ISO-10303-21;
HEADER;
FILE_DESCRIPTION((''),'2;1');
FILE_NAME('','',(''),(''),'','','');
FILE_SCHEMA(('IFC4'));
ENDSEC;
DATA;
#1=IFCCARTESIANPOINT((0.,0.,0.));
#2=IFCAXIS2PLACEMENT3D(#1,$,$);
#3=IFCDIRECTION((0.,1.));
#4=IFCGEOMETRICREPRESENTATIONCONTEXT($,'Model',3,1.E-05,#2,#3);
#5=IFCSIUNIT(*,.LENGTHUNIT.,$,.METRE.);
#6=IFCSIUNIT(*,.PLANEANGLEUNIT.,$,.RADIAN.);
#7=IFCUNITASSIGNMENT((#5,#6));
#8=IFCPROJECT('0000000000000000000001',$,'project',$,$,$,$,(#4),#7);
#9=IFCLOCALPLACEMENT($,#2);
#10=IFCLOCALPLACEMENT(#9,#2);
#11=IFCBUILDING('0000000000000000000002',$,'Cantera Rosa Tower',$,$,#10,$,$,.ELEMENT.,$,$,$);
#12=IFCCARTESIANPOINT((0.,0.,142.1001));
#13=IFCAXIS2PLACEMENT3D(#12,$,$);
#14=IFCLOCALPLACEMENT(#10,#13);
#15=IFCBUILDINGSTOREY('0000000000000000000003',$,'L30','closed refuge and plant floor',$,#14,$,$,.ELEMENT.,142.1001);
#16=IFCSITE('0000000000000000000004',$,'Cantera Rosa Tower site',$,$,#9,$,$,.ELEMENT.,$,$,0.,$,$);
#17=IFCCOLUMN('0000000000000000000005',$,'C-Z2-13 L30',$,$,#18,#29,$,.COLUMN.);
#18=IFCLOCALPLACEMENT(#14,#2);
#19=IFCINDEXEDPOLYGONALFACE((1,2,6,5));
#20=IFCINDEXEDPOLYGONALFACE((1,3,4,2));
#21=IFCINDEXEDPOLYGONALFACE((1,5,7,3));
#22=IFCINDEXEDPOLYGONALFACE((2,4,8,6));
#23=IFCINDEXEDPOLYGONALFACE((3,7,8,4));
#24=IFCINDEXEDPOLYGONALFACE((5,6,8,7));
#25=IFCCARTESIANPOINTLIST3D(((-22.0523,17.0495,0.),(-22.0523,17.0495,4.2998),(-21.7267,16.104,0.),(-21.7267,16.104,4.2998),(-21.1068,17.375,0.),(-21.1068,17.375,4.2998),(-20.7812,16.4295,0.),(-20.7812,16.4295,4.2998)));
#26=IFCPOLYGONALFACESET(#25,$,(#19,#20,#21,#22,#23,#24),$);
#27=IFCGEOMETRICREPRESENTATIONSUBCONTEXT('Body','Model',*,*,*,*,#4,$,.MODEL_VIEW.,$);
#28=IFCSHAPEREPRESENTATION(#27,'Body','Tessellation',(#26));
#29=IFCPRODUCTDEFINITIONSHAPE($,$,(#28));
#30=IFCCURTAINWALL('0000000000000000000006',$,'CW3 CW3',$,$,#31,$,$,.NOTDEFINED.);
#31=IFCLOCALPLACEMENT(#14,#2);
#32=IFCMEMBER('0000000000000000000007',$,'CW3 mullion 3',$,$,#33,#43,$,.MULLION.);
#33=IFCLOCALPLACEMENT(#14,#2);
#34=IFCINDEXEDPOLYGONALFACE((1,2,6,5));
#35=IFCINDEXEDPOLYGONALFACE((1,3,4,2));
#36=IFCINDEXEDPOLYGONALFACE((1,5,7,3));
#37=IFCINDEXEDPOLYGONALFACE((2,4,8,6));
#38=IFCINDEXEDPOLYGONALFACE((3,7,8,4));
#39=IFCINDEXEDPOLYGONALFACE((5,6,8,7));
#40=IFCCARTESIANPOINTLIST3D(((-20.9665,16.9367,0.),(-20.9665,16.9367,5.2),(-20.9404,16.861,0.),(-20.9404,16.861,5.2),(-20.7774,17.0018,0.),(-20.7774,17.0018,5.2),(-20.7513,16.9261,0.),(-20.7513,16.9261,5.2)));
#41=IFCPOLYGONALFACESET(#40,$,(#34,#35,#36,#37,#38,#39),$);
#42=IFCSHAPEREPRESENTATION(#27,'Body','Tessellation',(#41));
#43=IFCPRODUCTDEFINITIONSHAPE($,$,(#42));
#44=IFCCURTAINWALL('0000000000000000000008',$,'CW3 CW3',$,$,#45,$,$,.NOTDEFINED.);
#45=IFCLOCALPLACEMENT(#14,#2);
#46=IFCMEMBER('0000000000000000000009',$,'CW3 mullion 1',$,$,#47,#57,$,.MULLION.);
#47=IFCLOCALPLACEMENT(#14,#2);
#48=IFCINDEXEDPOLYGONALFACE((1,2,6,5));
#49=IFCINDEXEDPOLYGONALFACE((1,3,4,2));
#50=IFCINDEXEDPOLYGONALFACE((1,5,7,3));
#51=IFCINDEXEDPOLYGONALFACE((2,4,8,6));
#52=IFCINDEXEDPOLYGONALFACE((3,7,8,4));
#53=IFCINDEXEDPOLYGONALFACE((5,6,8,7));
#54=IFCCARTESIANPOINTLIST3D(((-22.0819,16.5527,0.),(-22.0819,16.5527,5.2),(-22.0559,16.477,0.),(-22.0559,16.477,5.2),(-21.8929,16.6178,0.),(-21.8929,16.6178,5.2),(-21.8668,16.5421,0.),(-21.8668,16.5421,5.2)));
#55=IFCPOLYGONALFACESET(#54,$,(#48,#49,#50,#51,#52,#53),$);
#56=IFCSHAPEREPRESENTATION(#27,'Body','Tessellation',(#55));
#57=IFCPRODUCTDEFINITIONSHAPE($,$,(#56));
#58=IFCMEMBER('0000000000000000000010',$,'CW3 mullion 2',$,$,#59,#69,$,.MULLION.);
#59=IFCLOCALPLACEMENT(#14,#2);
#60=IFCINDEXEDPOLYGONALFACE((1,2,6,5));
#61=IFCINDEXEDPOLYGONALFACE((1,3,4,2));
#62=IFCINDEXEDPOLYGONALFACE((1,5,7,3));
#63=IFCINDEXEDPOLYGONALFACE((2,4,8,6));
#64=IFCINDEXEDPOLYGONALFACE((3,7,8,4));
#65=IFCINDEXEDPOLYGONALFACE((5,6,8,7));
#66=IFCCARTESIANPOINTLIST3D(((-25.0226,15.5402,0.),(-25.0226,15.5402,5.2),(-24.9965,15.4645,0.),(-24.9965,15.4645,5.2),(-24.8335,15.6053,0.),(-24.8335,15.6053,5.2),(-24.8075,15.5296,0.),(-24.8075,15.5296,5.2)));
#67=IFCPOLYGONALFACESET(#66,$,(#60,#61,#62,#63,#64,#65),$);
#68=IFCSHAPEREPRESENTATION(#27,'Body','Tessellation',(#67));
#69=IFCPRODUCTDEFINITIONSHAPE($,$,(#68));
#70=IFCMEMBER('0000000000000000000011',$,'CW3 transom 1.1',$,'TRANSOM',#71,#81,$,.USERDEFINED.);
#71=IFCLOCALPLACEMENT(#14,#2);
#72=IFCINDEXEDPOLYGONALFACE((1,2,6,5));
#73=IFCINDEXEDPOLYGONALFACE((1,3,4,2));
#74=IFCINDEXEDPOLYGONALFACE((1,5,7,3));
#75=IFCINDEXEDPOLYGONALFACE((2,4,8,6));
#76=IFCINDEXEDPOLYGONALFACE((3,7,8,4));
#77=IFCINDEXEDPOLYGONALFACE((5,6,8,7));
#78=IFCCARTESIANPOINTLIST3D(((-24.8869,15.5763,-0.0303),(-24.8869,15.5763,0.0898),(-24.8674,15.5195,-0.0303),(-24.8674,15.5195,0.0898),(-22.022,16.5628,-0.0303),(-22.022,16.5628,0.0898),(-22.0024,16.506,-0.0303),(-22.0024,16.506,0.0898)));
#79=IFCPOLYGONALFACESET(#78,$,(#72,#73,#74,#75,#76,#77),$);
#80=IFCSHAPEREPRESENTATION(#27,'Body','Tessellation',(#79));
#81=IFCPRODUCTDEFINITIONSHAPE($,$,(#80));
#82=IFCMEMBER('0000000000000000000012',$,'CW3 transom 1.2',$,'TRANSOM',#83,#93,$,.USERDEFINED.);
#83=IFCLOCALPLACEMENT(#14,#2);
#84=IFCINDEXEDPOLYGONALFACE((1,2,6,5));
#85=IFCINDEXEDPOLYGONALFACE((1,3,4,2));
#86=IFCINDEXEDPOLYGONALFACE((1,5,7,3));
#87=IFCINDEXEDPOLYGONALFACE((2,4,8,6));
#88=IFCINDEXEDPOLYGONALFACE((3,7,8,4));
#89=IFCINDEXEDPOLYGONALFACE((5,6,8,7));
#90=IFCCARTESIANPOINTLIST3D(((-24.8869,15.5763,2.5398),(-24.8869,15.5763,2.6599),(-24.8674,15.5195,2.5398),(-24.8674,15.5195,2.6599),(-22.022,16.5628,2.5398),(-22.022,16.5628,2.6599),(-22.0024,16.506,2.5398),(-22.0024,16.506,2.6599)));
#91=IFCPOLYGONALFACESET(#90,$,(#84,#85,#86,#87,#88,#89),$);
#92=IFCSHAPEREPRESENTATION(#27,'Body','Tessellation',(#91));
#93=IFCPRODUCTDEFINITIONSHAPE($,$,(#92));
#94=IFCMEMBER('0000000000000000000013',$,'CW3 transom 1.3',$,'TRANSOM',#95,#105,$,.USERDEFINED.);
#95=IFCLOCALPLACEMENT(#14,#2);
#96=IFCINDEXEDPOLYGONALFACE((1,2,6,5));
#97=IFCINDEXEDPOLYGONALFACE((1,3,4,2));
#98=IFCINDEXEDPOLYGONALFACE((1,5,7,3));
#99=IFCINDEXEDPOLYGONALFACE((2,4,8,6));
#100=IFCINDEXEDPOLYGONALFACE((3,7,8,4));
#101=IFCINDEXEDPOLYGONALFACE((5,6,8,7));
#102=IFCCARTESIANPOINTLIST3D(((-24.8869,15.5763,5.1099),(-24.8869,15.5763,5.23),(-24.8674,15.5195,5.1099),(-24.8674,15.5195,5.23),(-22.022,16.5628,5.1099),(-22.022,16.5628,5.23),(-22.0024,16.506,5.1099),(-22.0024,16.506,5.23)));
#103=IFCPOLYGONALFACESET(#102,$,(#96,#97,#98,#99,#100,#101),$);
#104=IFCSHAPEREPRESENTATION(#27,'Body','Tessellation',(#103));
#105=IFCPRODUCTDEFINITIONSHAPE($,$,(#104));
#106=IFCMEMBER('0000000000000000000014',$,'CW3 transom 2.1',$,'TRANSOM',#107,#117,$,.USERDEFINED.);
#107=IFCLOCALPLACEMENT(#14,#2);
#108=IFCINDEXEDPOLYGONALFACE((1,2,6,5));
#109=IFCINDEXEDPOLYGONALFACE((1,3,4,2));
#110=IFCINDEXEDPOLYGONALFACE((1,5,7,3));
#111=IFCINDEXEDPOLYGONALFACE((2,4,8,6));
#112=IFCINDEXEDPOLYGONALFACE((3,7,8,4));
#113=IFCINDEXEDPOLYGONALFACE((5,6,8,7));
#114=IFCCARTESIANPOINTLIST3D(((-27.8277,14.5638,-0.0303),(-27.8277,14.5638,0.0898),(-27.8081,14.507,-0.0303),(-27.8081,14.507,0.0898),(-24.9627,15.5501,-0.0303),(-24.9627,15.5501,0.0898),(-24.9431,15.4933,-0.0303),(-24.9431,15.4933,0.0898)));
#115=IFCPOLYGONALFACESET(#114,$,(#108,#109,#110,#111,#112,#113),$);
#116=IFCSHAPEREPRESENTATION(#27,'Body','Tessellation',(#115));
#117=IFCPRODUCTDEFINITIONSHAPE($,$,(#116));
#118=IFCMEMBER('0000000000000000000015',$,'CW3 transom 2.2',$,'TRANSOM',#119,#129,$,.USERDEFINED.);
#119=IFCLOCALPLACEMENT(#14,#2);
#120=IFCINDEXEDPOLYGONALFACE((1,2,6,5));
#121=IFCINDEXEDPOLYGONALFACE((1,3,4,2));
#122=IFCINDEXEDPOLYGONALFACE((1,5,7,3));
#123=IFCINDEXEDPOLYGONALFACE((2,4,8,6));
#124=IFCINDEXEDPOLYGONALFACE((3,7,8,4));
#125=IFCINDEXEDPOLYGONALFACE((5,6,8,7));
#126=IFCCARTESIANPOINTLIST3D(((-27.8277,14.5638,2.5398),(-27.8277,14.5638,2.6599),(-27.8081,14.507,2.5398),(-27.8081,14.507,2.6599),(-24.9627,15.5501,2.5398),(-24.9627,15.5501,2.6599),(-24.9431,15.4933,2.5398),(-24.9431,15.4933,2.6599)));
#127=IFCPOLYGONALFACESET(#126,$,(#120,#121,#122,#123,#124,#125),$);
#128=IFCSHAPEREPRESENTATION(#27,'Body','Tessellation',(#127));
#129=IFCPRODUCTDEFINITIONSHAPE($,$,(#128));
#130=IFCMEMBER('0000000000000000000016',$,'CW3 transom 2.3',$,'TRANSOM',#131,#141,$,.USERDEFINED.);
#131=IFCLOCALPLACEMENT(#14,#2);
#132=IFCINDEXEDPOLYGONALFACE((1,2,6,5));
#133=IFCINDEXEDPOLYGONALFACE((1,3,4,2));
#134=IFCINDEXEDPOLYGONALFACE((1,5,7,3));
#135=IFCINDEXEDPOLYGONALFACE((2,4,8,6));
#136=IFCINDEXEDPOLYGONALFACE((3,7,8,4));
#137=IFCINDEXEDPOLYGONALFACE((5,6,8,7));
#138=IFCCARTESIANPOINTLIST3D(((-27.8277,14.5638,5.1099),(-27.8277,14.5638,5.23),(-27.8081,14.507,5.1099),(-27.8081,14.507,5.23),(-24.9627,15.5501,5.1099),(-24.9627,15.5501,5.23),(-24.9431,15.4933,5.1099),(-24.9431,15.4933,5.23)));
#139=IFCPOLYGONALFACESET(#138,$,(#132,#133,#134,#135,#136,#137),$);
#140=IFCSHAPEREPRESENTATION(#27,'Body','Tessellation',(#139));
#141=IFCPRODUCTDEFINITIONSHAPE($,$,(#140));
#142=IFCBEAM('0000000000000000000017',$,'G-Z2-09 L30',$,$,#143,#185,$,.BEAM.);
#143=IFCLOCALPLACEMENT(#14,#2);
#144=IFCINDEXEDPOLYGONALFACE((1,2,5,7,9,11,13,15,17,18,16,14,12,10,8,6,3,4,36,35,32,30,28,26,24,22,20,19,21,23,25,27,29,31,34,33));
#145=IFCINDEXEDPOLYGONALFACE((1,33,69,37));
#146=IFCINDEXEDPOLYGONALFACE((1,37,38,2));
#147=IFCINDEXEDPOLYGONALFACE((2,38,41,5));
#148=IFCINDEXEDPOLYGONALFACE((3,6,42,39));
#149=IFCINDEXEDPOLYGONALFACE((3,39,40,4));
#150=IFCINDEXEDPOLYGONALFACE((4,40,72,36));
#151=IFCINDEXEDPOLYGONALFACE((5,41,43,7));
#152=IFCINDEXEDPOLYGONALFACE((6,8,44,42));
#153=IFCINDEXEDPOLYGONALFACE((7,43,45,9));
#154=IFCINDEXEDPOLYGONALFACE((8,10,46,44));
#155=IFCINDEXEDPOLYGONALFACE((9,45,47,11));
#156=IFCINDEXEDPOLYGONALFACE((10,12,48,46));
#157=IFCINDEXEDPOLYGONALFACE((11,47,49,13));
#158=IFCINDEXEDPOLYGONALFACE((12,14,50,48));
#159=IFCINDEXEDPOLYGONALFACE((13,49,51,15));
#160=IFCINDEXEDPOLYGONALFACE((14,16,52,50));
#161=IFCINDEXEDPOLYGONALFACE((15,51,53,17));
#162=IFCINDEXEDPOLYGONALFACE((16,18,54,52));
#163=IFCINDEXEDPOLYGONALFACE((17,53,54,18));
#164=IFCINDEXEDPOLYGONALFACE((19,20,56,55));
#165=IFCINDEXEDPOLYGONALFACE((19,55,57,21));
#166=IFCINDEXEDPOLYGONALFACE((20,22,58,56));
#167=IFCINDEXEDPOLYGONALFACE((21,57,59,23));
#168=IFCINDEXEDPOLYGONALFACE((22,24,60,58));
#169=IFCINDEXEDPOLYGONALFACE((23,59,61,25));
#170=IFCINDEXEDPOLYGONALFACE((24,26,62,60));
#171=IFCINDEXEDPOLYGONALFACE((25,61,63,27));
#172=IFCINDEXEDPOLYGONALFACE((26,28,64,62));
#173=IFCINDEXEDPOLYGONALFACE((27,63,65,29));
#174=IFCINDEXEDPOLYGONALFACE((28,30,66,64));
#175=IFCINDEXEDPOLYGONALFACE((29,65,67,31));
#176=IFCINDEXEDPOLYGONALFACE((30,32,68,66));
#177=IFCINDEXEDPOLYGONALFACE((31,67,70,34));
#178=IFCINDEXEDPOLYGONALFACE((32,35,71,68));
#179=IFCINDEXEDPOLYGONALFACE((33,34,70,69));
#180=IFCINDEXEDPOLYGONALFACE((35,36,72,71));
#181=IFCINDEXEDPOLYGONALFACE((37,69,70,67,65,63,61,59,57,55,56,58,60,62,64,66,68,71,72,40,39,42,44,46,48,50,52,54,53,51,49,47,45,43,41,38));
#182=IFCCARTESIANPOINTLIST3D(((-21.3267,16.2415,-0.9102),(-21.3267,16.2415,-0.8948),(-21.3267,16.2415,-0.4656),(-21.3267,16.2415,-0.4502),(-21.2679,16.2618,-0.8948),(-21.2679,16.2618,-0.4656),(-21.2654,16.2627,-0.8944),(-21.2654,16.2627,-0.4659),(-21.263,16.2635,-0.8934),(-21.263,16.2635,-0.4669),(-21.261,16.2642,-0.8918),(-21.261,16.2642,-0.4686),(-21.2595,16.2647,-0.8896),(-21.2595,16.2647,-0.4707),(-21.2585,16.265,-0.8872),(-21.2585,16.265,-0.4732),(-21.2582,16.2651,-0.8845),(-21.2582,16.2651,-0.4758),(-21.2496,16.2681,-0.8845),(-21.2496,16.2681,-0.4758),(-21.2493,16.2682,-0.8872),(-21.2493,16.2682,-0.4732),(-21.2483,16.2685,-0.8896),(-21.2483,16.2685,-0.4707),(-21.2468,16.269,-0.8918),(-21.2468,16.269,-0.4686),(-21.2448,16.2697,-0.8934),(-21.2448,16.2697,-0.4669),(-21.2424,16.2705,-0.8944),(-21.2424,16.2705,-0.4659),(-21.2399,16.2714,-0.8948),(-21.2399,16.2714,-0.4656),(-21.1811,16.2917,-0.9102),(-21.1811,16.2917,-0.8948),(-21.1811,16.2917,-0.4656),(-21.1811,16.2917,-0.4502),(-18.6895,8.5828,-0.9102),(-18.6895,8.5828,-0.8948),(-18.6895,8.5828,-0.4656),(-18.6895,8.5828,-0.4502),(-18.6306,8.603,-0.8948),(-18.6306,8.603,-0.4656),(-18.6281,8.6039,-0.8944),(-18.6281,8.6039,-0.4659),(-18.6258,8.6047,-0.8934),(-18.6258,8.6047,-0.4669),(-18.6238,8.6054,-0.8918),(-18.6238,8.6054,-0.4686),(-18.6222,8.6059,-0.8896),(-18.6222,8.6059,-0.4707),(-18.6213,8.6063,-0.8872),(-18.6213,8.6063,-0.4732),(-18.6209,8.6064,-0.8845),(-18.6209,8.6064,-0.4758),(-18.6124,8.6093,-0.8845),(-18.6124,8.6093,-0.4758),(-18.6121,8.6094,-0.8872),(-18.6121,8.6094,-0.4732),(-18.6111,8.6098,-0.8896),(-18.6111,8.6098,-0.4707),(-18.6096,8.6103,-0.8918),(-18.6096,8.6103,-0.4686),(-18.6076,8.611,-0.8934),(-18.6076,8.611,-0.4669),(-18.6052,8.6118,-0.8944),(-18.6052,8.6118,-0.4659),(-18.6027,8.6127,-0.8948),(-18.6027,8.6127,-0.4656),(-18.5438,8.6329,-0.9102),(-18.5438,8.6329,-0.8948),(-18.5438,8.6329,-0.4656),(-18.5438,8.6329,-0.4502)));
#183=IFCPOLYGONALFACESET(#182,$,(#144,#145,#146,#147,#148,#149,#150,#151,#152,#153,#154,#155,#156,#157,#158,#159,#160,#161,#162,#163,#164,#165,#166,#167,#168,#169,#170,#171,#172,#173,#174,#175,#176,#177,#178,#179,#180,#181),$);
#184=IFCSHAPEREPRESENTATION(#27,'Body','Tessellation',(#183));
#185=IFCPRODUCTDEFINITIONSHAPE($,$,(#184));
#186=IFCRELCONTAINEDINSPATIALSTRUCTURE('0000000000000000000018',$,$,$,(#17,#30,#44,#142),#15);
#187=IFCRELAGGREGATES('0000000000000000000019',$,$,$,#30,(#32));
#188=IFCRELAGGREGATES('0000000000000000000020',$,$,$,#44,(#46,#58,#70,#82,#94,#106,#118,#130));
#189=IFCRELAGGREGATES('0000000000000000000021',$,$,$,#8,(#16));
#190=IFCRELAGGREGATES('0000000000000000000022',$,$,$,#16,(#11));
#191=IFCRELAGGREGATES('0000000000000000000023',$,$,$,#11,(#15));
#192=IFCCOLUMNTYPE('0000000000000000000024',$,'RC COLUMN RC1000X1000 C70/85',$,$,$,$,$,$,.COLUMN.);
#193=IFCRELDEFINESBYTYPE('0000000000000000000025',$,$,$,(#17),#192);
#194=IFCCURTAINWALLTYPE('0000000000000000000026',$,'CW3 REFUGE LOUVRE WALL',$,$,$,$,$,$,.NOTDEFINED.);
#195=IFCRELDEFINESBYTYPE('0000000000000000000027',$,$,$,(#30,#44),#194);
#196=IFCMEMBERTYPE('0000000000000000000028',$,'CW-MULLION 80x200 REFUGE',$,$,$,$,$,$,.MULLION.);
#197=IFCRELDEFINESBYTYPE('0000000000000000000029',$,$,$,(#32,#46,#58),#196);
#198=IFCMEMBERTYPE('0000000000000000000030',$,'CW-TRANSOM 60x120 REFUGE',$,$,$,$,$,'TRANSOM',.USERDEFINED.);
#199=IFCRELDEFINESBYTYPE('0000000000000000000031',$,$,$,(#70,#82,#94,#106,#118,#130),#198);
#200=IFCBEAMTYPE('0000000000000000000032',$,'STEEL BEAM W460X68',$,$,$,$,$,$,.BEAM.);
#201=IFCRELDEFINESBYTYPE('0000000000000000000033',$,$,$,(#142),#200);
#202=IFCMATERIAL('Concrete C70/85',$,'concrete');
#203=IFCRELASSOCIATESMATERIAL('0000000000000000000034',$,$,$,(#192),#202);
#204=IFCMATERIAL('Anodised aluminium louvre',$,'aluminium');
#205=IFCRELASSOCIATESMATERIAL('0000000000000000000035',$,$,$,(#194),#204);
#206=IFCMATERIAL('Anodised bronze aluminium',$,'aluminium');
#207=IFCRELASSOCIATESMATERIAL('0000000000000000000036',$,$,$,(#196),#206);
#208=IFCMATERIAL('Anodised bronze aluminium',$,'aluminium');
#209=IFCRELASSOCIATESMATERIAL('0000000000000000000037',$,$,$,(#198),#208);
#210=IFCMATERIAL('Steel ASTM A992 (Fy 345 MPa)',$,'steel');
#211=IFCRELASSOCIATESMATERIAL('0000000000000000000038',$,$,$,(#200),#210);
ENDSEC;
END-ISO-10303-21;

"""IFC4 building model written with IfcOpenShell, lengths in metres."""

from ifc_helpers import new_model, si_unit, direction, frame, origin, origin_2d, place, context, subcontext, project, spatial, rectangle, i_section, extrude, material, material_profile, profile_set, type_object, element, aggregate, save


model = new_model("IFC4")

# Units and contexts
model_context = context("Model", 3, precision=1e-05, world=origin(), true_north=direction((0.0, 1.0)))
body_context = subcontext(model_context, "Body", "Model", "MODEL_VIEW")
ifc_project = project(units=[si_unit("LENGTHUNIT", "METRE"), si_unit("PLANEANGLEUNIT", "RADIAN")], contexts=[model_context])

# Site, building, storey
site_placement = place(None, origin())
site = spatial("IfcSite", under=ifc_project, at=site_placement, Name="Cantera Rosa Tower site", CompositionType="ELEMENT", RefElevation=0.0)
building_placement = place(site_placement, origin())
building = spatial("IfcBuilding", under=site, at=building_placement, Name="Cantera Rosa Tower", CompositionType="ELEMENT")
storey_placement = place(building_placement, frame((0.0, 0.0, 142.1001)))
storey = spatial("IfcBuildingStorey", under=building, at=storey_placement, Name="L30", Description="closed refuge and plant floor", CompositionType="ELEMENT", Elevation=142.1001)

# Column
ifc_material_1 = material(Name="Concrete C70/85", Category="concrete")
ifc_material_profile_1 = material_profile(ifc_material_1, rectangle(XDim=1.0, YDim=1.0, at=origin_2d()), Name="RC COLUMN RC1000X1000 C70/85")
ifc_profile_set_1 = profile_set([ifc_material_profile_1], Name="Concrete C70/85")
column_type = type_object("IfcColumnType", Name="RC COLUMN RC1000X1000 C70/85", PredefinedType="COLUMN", material=ifc_profile_set_1)
column_placement = place(storey_placement, frame((-21.4167, 16.7395, 0.0), z_axis=(0.0, 0.0, 1.0), x_axis=(0.945519, 0.325568, 0.0)))
element("IfcColumn", 1, at=column_placement, inside=storey, type_object=column_type, Name="C-Z2-13 L30", PredefinedType="COLUMN", context=body_context, shape_type="SweptSolid", body=[
    extrude(rectangle(XDim=1.0, YDim=1.0, at=origin_2d()), origin(), (0.0, 0.0, 1.0), 4.2998),
])

# Curtain wall, member
ifc_material_2 = material(Name="Anodised aluminium louvre", Category="aluminium")
curtain_wall_type = type_object("IfcCurtainWallType", Name="CW3 REFUGE LOUVRE WALL", PredefinedType="NOTDEFINED", material=ifc_material_2)
curtain_wall_1_placement = place(storey_placement, origin())
curtain_wall_1 = element("IfcCurtainWall", 2, at=curtain_wall_1_placement, inside=storey, type_object=curtain_wall_type, Name="CW3 CW3", PredefinedType="NOTDEFINED")
ifc_material_3 = material(Name="Anodised bronze aluminium", Category="aluminium")
ifc_material_profile_2 = material_profile(ifc_material_3, rectangle(XDim=0.0801, YDim=0.2, at=origin_2d()), Name="CW-MULLION 80x200 REFUGE")
ifc_profile_set_2 = profile_set([ifc_material_profile_2], Name="Anodised bronze aluminium")
member_type_1 = type_object("IfcMemberType", Name="CW-MULLION 80x200 REFUGE", PredefinedType="MULLION", material=ifc_profile_set_2)
member_1_placement = place(storey_placement, frame((-20.8589, 16.9314, 0.0), z_axis=(0.0, 0.0, 1.0), x_axis=(0.325568, -0.945519, 0.0)))
member_1 = element("IfcMember", 3, at=member_1_placement, type_object=member_type_1, Name="CW3 mullion 3", PredefinedType="MULLION", context=body_context, shape_type="SweptSolid", body=[
    extrude(rectangle(XDim=0.0801, YDim=0.2, at=origin_2d()), origin(), (0.0, 0.0, 1.0), 5.2),
])
aggregate(curtain_wall_1, [member_1])

# Curtain wall, members
curtain_wall_2_placement = place(storey_placement, origin())
curtain_wall_2 = element("IfcCurtainWall", 4, at=curtain_wall_2_placement, inside=storey, type_object=curtain_wall_type, Name="CW3 CW3", PredefinedType="NOTDEFINED")
member_2_placement = place(storey_placement, frame((-21.9744, 16.5474, 0.0), z_axis=(0.0, 0.0, 1.0), x_axis=(0.325568, -0.945519, 0.0)))
member_2 = element("IfcMember", 5, at=member_2_placement, type_object=member_type_1, Name="CW3 mullion 1", PredefinedType="MULLION", context=body_context, shape_type="SweptSolid", body=[
    extrude(rectangle(XDim=0.0801, YDim=0.2, at=origin_2d()), origin(), (0.0, 0.0, 1.0), 5.2),
])
member_3_placement = place(storey_placement, frame((-24.915, 15.5349, 0.0), z_axis=(0.0, 0.0, 1.0), x_axis=(0.325568, -0.945519, 0.0)))
member_3 = element("IfcMember", 6, at=member_3_placement, type_object=member_type_1, Name="CW3 mullion 2", PredefinedType="MULLION", context=body_context, shape_type="SweptSolid", body=[
    extrude(rectangle(XDim=0.0801, YDim=0.2, at=origin_2d()), origin(), (0.0, 0.0, 1.0), 5.2),
])
ifc_material_4 = material(Name="Anodised bronze aluminium", Category="aluminium")
ifc_material_profile_3 = material_profile(ifc_material_4, rectangle(XDim=0.0601, YDim=0.1201, at=origin_2d()), Name="CW-TRANSOM 60x120 REFUGE")
ifc_profile_set_3 = profile_set([ifc_material_profile_3], Name="Anodised bronze aluminium")
member_type_2 = type_object("IfcMemberType", Name="CW-TRANSOM 60x120 REFUGE", ElementType="TRANSOM", PredefinedType="USERDEFINED", material=ifc_profile_set_3)
member_4_placement = place(storey_placement, frame((-22.0122, 16.5344, 0.0298), z_axis=(-0.945511, -0.325591, 0.0), x_axis=(0.325591, -0.945511, 0.0)))
member_4 = element("IfcMember", 7, at=member_4_placement, type_object=member_type_2, Name="CW3 transom 1.1", ObjectType="TRANSOM", PredefinedType="USERDEFINED", context=body_context, shape_type="SweptSolid", body=[
    extrude(rectangle(XDim=0.0601, YDim=0.1201, at=origin_2d()), origin(), (0.0, 0.0, 1.0), 3.03),
])
member_5_placement = place(storey_placement, frame((-22.0122, 16.5344, 2.5999), z_axis=(-0.945511, -0.325591, 0.0), x_axis=(0.325591, -0.945511, 0.0)))
member_5 = element("IfcMember", 8, at=member_5_placement, type_object=member_type_2, Name="CW3 transom 1.2", ObjectType="TRANSOM", PredefinedType="USERDEFINED", context=body_context, shape_type="SweptSolid", body=[
    extrude(rectangle(XDim=0.0601, YDim=0.1201, at=origin_2d()), origin(), (0.0, 0.0, 1.0), 3.03),
])
member_6_placement = place(storey_placement, frame((-22.0122, 16.5344, 5.1699), z_axis=(-0.945511, -0.325591, 0.0), x_axis=(0.325591, -0.945511, 0.0)))
member_6 = element("IfcMember", 9, at=member_6_placement, type_object=member_type_2, Name="CW3 transom 1.3", ObjectType="TRANSOM", PredefinedType="USERDEFINED", context=body_context, shape_type="SweptSolid", body=[
    extrude(rectangle(XDim=0.0601, YDim=0.1201, at=origin_2d()), origin(), (0.0, 0.0, 1.0), 3.03),
])
member_7_placement = place(storey_placement, frame((-24.9529, 15.5217, 0.0298), z_axis=(-0.945536, -0.325519, 0.0), x_axis=(0.325519, -0.945536, 0.0)))
member_7 = element("IfcMember", 10, at=member_7_placement, type_object=member_type_2, Name="CW3 transom 2.1", ObjectType="TRANSOM", PredefinedType="USERDEFINED", context=body_context, shape_type="SweptSolid", body=[
    extrude(rectangle(XDim=0.0601, YDim=0.1201, at=origin_2d()), origin(), (0.0, 0.0, 1.0), 3.03),
])
member_8_placement = place(storey_placement, frame((-24.9529, 15.5217, 2.5999), z_axis=(-0.945536, -0.325519, 0.0), x_axis=(0.325519, -0.945536, 0.0)))
member_8 = element("IfcMember", 11, at=member_8_placement, type_object=member_type_2, Name="CW3 transom 2.2", ObjectType="TRANSOM", PredefinedType="USERDEFINED", context=body_context, shape_type="SweptSolid", body=[
    extrude(rectangle(XDim=0.0601, YDim=0.1201, at=origin_2d()), origin(), (0.0, 0.0, 1.0), 3.03),
])
member_9_placement = place(storey_placement, frame((-24.9529, 15.5217, 5.1699), z_axis=(-0.945536, -0.325519, 0.0), x_axis=(0.325519, -0.945536, 0.0)))
member_9 = element("IfcMember", 12, at=member_9_placement, type_object=member_type_2, Name="CW3 transom 2.3", ObjectType="TRANSOM", PredefinedType="USERDEFINED", context=body_context, shape_type="SweptSolid", body=[
    extrude(rectangle(XDim=0.0601, YDim=0.1201, at=origin_2d()), origin(), (0.0, 0.0, 1.0), 3.03),
])

# Beam
ifc_material_5 = material(Name="Steel ASTM A992 (Fy 345 MPa)", Category="steel")
ifc_material_profile_4 = material_profile(ifc_material_5, i_section(OverallWidth=0.1541, OverallDepth=0.46, WebThickness=0.009, FlangeThickness=0.0154, FilletRadius=0.0103, at=origin_2d()), Name="W460X68")
ifc_profile_set_4 = profile_set([ifc_material_profile_4], Name="Steel ASTM A992 (Fy 345 MPa)")
beam_type_1 = type_object("IfcBeamType", Name="STEEL BEAM W460X68", PredefinedType="BEAM", material=ifc_profile_set_4)
beam_1_placement = place(storey_placement, frame((-21.2539, 16.2666, -0.6802), z_axis=(0.32558, -0.945514, 0.0), x_axis=(0.945514, 0.32558, 0.0)))
element("IfcBeam", 13, at=beam_1_placement, inside=storey, type_object=beam_type_1, Name="G-Z2-09 L30", PredefinedType="BEAM", context=body_context, shape_type="SweptSolid", body=[
    extrude(i_section(OverallWidth=0.1541, OverallDepth=0.46, WebThickness=0.009, FlangeThickness=0.0154, FilletRadius=0.0103, at=origin_2d()), origin(), (0.0, 0.0, 1.0), 8.1001),
])

aggregate(curtain_wall_2, [member_2, member_3, member_4, member_5, member_6, member_7, member_8, member_9])

save(model, "model.ifc")
